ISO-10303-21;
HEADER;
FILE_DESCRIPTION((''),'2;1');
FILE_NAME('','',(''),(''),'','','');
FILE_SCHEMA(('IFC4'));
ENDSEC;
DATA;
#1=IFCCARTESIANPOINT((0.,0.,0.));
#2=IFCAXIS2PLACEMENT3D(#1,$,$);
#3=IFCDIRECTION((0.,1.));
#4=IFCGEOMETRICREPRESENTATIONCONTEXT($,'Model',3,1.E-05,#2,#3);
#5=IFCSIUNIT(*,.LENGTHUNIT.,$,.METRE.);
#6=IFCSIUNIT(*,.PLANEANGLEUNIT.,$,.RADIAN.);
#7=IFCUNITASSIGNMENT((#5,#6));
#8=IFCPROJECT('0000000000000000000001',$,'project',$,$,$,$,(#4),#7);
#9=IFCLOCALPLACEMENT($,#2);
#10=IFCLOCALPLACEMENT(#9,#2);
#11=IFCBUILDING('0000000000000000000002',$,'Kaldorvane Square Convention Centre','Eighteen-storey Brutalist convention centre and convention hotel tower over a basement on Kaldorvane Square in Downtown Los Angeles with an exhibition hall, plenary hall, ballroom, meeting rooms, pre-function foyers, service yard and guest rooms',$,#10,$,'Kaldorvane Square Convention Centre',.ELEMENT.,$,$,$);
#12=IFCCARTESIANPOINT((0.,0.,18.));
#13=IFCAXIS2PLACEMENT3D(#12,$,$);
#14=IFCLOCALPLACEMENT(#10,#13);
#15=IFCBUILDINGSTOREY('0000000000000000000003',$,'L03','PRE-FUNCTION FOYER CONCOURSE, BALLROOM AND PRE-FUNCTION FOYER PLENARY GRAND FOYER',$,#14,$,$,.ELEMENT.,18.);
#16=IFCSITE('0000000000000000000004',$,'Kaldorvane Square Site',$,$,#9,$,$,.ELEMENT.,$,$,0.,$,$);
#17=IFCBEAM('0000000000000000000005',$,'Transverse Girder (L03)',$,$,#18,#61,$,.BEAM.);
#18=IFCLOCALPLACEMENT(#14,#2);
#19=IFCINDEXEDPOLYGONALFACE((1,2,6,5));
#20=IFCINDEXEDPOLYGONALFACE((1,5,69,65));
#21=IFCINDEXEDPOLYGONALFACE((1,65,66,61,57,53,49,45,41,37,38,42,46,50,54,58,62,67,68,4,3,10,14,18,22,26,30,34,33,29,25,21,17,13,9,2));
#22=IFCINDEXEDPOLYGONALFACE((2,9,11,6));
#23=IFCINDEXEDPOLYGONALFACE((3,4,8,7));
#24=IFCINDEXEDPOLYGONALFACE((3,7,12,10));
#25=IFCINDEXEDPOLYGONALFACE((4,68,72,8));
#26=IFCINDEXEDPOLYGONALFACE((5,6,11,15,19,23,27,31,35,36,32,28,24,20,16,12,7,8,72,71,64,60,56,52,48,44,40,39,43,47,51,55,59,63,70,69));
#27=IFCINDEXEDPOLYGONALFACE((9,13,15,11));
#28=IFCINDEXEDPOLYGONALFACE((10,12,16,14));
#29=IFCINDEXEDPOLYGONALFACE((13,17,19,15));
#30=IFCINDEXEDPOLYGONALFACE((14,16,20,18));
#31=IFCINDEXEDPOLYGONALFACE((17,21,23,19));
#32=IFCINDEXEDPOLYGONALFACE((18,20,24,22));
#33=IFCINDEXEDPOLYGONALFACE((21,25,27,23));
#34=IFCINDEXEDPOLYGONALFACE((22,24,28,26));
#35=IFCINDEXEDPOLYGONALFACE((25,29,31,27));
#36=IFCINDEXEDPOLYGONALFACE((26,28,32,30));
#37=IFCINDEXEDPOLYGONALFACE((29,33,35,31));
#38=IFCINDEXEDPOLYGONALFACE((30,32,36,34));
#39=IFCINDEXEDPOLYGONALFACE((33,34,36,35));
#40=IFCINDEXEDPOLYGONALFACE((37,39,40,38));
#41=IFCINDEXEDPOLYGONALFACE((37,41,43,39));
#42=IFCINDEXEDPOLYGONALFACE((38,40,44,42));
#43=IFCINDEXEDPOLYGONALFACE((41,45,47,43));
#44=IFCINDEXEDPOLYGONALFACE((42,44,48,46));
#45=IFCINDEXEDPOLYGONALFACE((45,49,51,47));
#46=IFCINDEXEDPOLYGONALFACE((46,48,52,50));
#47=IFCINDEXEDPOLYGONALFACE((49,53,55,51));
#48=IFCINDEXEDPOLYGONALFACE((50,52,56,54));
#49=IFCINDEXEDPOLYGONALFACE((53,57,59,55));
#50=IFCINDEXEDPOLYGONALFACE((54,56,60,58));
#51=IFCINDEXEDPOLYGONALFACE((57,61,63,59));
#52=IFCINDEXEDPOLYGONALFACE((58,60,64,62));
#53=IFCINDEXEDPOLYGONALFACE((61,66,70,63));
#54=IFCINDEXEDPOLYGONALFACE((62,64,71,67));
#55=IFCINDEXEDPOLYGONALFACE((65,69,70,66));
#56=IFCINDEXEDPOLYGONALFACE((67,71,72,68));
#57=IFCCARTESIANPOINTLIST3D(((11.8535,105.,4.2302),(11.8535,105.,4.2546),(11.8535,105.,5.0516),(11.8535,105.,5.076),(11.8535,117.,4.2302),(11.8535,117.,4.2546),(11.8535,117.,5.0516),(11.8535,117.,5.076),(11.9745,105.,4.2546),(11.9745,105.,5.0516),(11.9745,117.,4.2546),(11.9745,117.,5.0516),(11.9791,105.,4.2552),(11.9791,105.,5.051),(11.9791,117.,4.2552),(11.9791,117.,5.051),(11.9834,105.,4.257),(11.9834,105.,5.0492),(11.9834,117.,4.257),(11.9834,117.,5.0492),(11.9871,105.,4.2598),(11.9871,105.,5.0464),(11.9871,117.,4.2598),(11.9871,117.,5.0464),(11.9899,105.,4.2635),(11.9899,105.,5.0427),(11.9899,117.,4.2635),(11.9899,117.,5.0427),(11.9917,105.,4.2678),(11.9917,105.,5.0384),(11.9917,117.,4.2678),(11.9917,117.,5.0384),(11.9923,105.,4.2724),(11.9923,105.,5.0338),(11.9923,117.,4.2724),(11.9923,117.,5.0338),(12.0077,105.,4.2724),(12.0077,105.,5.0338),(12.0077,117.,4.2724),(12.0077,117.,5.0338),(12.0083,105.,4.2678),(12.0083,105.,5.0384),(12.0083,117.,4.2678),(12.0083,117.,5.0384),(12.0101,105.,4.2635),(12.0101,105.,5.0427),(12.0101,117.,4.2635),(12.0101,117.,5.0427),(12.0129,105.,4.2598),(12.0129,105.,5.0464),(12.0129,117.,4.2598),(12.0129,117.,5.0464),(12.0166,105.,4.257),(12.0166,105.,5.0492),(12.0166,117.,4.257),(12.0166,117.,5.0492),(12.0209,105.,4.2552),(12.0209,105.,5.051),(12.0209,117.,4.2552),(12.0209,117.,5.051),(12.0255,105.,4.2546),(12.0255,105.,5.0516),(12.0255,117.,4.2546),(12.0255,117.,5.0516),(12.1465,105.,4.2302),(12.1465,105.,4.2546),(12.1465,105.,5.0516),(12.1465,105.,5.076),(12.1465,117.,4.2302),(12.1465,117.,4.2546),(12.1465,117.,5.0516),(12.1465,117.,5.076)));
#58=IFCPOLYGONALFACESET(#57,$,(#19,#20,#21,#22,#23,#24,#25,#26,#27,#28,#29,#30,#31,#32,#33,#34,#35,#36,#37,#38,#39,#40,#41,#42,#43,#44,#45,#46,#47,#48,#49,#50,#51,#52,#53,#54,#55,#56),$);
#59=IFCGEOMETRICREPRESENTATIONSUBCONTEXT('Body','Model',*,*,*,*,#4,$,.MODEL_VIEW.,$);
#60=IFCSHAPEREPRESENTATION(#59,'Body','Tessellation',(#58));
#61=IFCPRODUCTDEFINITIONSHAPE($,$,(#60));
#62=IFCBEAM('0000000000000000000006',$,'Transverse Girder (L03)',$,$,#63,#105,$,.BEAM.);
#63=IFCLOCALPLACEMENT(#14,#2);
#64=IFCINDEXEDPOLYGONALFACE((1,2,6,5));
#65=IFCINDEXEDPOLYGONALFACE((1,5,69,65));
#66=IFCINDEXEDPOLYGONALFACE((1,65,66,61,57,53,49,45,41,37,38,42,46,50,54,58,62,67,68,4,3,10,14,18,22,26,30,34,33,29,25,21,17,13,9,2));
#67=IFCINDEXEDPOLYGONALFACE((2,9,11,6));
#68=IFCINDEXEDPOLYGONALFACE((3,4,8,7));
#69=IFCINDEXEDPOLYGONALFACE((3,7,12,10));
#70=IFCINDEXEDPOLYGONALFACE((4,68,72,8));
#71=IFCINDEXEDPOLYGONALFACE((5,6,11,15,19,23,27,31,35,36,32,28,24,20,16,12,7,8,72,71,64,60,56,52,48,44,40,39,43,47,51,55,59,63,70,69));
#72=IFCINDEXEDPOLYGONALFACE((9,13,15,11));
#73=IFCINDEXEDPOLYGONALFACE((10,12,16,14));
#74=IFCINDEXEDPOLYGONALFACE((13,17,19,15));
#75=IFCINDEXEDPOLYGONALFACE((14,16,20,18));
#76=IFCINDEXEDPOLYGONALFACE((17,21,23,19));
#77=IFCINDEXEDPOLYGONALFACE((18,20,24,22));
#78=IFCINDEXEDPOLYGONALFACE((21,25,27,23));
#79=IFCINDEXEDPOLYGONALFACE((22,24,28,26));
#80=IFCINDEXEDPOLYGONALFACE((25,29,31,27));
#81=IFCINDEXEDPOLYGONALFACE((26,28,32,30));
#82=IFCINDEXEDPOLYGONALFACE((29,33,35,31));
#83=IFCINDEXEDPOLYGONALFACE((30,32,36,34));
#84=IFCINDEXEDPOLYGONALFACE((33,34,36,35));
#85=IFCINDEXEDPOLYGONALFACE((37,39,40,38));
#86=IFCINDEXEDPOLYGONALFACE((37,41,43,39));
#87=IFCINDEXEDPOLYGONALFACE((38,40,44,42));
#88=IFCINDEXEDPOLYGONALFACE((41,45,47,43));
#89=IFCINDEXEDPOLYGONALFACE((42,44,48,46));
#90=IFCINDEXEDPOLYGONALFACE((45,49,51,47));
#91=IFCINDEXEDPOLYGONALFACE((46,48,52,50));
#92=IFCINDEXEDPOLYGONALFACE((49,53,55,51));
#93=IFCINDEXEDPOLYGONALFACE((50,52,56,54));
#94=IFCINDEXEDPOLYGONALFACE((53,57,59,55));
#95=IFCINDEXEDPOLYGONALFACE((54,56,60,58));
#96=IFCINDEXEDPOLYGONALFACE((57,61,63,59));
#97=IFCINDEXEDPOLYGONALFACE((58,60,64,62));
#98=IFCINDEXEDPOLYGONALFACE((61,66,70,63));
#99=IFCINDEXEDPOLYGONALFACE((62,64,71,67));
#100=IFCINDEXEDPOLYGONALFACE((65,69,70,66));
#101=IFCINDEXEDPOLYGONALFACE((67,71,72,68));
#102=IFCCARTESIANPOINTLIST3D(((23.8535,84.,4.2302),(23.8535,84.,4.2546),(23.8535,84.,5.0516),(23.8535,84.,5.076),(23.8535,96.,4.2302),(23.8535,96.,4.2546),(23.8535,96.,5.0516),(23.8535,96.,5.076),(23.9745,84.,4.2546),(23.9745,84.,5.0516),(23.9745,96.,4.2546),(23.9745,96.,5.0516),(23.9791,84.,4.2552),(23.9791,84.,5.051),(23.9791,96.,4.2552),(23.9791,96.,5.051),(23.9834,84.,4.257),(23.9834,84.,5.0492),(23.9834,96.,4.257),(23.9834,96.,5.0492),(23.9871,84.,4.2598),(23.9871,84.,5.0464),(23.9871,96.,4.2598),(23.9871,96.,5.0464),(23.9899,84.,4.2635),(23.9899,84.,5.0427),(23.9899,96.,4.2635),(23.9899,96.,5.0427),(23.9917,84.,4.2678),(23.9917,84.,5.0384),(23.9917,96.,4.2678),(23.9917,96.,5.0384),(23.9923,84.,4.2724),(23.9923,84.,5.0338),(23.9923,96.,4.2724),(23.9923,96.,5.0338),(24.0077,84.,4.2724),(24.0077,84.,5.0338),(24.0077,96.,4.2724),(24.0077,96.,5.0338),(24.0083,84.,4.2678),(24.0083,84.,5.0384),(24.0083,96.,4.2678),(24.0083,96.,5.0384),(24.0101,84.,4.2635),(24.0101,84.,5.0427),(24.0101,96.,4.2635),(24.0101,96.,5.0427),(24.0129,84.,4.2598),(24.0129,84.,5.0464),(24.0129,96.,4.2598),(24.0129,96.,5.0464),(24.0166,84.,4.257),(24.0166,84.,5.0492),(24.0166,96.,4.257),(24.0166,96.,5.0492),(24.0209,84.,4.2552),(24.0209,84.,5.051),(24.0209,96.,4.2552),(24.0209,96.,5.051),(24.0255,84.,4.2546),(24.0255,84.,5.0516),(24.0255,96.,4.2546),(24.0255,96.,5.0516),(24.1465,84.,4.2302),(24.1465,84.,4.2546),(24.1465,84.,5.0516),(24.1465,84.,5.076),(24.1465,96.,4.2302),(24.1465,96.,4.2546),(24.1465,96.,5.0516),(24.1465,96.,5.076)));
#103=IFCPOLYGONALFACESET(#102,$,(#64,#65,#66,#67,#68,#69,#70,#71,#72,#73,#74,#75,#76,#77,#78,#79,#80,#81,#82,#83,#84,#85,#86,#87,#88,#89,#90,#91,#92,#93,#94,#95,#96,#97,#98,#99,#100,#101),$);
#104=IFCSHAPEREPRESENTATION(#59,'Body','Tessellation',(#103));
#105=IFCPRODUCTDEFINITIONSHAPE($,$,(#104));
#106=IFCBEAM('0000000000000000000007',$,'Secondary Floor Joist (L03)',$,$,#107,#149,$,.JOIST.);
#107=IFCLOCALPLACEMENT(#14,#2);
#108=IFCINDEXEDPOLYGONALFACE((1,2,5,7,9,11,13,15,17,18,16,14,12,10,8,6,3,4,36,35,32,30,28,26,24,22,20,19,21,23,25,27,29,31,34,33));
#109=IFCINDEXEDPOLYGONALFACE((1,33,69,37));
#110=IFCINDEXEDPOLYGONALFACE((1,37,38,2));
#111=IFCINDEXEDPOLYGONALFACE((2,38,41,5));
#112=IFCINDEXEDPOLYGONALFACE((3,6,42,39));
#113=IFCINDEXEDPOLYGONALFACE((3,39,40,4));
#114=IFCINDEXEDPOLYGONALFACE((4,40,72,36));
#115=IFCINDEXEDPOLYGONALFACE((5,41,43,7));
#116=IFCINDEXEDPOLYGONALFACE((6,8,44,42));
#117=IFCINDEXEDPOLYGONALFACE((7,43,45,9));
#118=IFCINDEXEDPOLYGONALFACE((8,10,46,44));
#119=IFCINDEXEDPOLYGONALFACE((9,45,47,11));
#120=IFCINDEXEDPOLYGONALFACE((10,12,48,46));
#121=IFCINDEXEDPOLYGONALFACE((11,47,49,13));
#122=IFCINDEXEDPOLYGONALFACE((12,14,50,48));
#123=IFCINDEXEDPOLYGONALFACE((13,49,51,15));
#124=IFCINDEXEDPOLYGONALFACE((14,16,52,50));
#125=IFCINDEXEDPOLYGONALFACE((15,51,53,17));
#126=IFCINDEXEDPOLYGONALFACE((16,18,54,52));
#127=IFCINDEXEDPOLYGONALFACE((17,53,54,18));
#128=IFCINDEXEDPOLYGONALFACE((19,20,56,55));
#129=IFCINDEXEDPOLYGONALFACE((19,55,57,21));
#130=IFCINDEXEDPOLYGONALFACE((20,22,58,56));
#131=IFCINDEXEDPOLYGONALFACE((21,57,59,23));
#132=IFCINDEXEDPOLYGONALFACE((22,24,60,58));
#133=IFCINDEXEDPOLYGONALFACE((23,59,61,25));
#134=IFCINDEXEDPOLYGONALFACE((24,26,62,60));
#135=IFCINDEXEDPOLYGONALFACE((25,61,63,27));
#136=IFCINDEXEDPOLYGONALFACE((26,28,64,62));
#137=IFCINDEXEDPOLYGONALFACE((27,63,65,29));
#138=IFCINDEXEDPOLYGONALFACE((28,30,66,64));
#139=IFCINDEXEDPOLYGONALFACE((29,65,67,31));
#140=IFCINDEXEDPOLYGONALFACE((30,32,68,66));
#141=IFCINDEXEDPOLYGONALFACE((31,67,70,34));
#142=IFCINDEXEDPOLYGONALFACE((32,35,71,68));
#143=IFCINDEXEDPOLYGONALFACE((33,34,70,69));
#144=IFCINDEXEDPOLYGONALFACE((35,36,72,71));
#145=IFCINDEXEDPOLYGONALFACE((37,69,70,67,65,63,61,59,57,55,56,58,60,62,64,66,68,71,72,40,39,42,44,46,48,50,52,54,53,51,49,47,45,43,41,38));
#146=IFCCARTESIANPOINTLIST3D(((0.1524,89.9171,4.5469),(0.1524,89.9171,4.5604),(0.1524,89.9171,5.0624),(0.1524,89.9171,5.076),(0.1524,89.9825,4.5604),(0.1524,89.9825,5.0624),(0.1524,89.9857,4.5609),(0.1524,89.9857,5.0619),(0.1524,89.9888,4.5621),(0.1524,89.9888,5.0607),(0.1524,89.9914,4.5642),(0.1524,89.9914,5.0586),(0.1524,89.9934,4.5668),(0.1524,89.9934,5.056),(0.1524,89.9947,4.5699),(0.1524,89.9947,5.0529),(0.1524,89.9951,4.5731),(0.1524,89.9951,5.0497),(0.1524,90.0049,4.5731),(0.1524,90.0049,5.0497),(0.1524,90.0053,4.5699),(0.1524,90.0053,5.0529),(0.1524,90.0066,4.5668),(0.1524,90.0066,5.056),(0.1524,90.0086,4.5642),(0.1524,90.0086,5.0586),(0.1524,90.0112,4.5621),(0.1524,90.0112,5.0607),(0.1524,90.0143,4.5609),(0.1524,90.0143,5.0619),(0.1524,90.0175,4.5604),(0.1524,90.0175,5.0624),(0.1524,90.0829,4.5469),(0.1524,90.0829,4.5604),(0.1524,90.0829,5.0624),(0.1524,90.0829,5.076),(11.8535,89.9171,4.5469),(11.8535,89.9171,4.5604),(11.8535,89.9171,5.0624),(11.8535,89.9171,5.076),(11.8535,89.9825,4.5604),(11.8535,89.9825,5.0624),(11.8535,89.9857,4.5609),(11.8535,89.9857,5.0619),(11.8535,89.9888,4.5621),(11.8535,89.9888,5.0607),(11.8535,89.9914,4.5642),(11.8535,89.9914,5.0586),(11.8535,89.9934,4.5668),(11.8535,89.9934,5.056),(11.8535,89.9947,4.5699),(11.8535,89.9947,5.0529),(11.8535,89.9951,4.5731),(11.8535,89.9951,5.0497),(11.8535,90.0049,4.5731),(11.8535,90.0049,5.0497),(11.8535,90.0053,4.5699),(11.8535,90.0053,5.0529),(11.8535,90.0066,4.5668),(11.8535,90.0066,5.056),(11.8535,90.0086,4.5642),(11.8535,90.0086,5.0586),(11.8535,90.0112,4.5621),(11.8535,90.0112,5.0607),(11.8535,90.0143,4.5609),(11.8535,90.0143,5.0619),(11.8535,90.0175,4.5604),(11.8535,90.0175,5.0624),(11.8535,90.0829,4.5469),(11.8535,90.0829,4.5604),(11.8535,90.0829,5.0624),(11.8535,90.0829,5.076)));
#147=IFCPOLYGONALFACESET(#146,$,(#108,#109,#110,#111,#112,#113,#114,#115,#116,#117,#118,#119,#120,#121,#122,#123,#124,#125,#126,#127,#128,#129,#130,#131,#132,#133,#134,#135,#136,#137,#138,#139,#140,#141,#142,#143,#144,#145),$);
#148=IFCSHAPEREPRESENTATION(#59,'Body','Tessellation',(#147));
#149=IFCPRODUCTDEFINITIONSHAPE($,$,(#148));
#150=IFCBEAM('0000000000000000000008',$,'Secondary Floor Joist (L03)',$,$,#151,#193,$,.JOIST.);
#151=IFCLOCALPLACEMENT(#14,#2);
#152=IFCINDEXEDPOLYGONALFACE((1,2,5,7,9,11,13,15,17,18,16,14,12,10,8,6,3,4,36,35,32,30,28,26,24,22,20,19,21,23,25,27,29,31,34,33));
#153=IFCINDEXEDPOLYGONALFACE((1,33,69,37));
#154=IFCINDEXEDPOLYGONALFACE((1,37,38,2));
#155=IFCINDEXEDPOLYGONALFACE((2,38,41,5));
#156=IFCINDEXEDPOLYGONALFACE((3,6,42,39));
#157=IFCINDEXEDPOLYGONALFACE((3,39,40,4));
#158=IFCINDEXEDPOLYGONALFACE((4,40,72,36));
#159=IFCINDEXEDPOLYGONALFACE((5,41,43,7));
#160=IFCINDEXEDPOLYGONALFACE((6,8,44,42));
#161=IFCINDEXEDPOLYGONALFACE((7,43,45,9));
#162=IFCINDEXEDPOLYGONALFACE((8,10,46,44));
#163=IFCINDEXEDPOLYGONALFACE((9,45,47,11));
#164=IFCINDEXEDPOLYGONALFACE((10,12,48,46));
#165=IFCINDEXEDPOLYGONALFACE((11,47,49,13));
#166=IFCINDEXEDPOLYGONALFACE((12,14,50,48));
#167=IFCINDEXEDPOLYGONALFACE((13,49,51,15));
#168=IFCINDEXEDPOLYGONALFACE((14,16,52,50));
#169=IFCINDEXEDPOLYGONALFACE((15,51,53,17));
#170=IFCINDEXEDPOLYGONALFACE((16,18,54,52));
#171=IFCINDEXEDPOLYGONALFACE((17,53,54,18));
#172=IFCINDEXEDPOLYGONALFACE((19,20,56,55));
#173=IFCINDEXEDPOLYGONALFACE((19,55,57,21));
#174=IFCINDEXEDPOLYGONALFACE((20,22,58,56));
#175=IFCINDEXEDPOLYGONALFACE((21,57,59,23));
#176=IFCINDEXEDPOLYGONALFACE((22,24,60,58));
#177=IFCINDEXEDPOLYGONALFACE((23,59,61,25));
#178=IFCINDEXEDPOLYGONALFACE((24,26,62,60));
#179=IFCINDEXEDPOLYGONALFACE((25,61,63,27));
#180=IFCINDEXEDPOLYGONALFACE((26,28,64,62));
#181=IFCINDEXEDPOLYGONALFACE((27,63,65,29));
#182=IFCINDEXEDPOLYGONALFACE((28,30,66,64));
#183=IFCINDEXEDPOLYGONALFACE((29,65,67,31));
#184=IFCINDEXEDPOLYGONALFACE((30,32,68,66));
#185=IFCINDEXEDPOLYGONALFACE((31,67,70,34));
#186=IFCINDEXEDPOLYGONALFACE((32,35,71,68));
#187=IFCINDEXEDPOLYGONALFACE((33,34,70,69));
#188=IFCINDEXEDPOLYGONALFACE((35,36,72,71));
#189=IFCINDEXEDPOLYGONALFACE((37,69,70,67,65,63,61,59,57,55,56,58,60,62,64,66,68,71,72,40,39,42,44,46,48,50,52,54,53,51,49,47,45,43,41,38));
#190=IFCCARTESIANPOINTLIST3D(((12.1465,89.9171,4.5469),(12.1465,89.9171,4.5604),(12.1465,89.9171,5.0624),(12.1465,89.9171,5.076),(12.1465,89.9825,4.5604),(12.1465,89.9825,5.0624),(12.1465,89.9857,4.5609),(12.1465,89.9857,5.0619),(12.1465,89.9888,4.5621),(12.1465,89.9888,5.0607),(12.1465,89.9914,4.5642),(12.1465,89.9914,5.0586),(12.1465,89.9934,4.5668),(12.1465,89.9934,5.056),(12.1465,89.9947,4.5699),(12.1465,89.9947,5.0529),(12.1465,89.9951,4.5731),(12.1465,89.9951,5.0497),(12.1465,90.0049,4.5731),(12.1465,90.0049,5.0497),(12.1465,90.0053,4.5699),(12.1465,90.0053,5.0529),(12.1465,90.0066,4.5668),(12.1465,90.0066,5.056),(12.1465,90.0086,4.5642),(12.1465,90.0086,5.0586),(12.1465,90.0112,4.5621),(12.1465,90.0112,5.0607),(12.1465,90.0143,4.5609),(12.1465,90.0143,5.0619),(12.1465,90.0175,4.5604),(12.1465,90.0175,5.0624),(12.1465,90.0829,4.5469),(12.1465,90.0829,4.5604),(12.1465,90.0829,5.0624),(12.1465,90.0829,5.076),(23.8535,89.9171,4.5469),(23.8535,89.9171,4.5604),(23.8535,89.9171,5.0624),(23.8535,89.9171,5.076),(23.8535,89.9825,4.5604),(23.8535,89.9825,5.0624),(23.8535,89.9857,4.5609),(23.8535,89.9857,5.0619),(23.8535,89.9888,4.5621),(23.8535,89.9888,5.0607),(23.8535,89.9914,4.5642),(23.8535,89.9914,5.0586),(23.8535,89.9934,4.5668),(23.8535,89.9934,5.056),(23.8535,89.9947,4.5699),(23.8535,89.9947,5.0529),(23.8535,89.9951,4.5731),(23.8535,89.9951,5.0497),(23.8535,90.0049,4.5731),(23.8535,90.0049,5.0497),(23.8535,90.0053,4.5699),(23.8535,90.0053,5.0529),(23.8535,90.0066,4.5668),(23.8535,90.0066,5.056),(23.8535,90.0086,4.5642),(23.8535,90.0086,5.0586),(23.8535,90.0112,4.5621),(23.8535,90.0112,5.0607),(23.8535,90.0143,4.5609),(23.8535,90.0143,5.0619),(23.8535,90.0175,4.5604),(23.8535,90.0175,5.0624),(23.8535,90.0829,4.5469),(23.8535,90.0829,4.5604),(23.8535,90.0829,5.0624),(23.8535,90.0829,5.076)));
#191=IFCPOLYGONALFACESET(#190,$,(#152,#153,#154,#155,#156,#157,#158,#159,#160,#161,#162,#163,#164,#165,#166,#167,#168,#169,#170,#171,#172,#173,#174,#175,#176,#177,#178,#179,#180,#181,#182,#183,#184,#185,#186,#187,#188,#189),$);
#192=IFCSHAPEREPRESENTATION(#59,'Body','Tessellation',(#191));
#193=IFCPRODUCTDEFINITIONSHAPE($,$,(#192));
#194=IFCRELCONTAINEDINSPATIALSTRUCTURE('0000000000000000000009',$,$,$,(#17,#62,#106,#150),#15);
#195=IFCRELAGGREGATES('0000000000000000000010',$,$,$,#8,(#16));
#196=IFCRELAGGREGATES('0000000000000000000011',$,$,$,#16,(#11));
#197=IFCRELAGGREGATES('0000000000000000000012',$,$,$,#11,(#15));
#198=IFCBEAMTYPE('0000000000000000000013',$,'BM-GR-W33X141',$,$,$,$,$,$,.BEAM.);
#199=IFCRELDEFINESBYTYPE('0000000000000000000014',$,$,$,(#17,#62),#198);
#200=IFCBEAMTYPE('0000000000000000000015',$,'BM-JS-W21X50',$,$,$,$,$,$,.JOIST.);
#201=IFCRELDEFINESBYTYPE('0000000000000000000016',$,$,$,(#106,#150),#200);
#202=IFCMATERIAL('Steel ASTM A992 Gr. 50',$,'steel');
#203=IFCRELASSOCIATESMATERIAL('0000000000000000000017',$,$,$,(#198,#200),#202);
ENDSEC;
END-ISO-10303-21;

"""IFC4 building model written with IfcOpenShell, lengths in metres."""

from ifc_helpers import new_model, si_unit, direction, frame, origin, origin_2d, place, context, subcontext, project, spatial, i_section, extrude, material, material_profile, profile_set, type_object, element, save


model = new_model("IFC4")

# Units and contexts
model_context = context("Model", 3, precision=1e-05, world=origin(), true_north=direction((0.0, 1.0)))
body_context = subcontext(model_context, "Body", "Model", "MODEL_VIEW")
ifc_project = project(units=[si_unit("LENGTHUNIT", "METRE"), si_unit("PLANEANGLEUNIT", "RADIAN")], contexts=[model_context])

# Site, building, storey
site_placement = place(None, origin())
site = spatial("IfcSite", under=ifc_project, at=site_placement, Name="Kaldorvane Square Site", CompositionType="ELEMENT", RefElevation=0.0)
building_placement = place(site_placement, origin())
building = spatial("IfcBuilding", under=site, at=building_placement, Name="Kaldorvane Square Convention Centre", Description="Eighteen-storey Brutalist convention centre and convention hotel tower over a basement on Kaldorvane Square in Downtown Los Angeles with an exhibition hall, plenary hall, ballroom, meeting rooms, pre-function foyers, service yard and guest rooms", LongName="Kaldorvane Square Convention Centre", CompositionType="ELEMENT")
storey_placement = place(building_placement, frame((0.0, 0.0, 18.0)))
storey = spatial("IfcBuildingStorey", under=building, at=storey_placement, Name="L03", Description="PRE-FUNCTION FOYER CONCOURSE, BALLROOM AND PRE-FUNCTION FOYER PLENARY GRAND FOYER", CompositionType="ELEMENT", Elevation=18.0)

# Shared definitions
ifc_material_1 = material(Name="Steel ASTM A992 Gr. 50", Category="steel")

# Beams
ifc_material_profile_1 = material_profile(ifc_material_1, i_section(OverallWidth=0.293, OverallDepth=0.8458, WebThickness=0.0154, FlangeThickness=0.0244, FilletRadius=0.0178, at=origin_2d()), Name="W33X141")
ifc_profile_set_1 = profile_set([ifc_material_profile_1], Name="Steel ASTM A992 Gr. 50")
beam_type_1 = type_object("IfcBeamType", Name="BM-GR-W33X141", PredefinedType="BEAM", material=ifc_profile_set_1)
for number, where, z_axis, x_axis, name in (
    (1, (12.0, 105.0, 4.6531), (0.0, 1.0, 0.0), (-1.0, 0.0, 0.0), "Transverse Girder (L03)"),
    (2, (24.0, 84.0, 4.6531), (0.0, 1.0, 0.0), (-1.0, 0.0, 0.0), "Transverse Girder (L03)"),
):
    element("IfcBeam", number, at=place(storey_placement, frame(where, z_axis=z_axis, x_axis=x_axis)), inside=storey, type_object=beam_type_1, Name=name, PredefinedType="BEAM", context=body_context, shape_type="SweptSolid", body=[
        extrude(i_section(OverallWidth=0.293, OverallDepth=0.8458, WebThickness=0.0154, FlangeThickness=0.0244, FilletRadius=0.0178, at=origin_2d()), origin(), (0.0, 0.0, 1.0), 12.0),
    ])
ifc_material_profile_2 = material_profile(ifc_material_1, i_section(OverallWidth=0.1659, OverallDepth=0.5291, WebThickness=0.0097, FlangeThickness=0.0136, FilletRadius=0.0127, at=origin_2d()), Name="W21X50")
ifc_profile_set_2 = profile_set([ifc_material_profile_2], Name="Steel ASTM A992 Gr. 50")
beam_type_2 = type_object("IfcBeamType", Name="BM-JS-W21X50", PredefinedType="JOIST", material=ifc_profile_set_2)
beam_1_placement = place(storey_placement, frame((0.1524, 90.0, 4.8114), z_axis=(1.0, 0.0, 0.0), x_axis=(0.0, 1.0, 0.0)))
element("IfcBeam", 3, at=beam_1_placement, inside=storey, type_object=beam_type_2, Name="Secondary Floor Joist (L03)", PredefinedType="JOIST", context=body_context, shape_type="SweptSolid", body=[
    extrude(i_section(OverallWidth=0.1659, OverallDepth=0.5291, WebThickness=0.0097, FlangeThickness=0.0136, FilletRadius=0.0127, at=origin_2d()), origin(), (0.0, 0.0, 1.0), 11.7011),
])
beam_2_placement = place(storey_placement, frame((12.1465, 90.0, 4.8114), z_axis=(1.0, 0.0, 0.0), x_axis=(0.0, 1.0, 0.0)))
element("IfcBeam", 4, at=beam_2_placement, inside=storey, type_object=beam_type_2, Name="Secondary Floor Joist (L03)", PredefinedType="JOIST", context=body_context, shape_type="SweptSolid", body=[
    extrude(i_section(OverallWidth=0.1659, OverallDepth=0.5291, WebThickness=0.0097, FlangeThickness=0.0136, FilletRadius=0.0127, at=origin_2d()), origin(), (0.0, 0.0, 1.0), 11.707),
])

save(model, "model.ifc")
